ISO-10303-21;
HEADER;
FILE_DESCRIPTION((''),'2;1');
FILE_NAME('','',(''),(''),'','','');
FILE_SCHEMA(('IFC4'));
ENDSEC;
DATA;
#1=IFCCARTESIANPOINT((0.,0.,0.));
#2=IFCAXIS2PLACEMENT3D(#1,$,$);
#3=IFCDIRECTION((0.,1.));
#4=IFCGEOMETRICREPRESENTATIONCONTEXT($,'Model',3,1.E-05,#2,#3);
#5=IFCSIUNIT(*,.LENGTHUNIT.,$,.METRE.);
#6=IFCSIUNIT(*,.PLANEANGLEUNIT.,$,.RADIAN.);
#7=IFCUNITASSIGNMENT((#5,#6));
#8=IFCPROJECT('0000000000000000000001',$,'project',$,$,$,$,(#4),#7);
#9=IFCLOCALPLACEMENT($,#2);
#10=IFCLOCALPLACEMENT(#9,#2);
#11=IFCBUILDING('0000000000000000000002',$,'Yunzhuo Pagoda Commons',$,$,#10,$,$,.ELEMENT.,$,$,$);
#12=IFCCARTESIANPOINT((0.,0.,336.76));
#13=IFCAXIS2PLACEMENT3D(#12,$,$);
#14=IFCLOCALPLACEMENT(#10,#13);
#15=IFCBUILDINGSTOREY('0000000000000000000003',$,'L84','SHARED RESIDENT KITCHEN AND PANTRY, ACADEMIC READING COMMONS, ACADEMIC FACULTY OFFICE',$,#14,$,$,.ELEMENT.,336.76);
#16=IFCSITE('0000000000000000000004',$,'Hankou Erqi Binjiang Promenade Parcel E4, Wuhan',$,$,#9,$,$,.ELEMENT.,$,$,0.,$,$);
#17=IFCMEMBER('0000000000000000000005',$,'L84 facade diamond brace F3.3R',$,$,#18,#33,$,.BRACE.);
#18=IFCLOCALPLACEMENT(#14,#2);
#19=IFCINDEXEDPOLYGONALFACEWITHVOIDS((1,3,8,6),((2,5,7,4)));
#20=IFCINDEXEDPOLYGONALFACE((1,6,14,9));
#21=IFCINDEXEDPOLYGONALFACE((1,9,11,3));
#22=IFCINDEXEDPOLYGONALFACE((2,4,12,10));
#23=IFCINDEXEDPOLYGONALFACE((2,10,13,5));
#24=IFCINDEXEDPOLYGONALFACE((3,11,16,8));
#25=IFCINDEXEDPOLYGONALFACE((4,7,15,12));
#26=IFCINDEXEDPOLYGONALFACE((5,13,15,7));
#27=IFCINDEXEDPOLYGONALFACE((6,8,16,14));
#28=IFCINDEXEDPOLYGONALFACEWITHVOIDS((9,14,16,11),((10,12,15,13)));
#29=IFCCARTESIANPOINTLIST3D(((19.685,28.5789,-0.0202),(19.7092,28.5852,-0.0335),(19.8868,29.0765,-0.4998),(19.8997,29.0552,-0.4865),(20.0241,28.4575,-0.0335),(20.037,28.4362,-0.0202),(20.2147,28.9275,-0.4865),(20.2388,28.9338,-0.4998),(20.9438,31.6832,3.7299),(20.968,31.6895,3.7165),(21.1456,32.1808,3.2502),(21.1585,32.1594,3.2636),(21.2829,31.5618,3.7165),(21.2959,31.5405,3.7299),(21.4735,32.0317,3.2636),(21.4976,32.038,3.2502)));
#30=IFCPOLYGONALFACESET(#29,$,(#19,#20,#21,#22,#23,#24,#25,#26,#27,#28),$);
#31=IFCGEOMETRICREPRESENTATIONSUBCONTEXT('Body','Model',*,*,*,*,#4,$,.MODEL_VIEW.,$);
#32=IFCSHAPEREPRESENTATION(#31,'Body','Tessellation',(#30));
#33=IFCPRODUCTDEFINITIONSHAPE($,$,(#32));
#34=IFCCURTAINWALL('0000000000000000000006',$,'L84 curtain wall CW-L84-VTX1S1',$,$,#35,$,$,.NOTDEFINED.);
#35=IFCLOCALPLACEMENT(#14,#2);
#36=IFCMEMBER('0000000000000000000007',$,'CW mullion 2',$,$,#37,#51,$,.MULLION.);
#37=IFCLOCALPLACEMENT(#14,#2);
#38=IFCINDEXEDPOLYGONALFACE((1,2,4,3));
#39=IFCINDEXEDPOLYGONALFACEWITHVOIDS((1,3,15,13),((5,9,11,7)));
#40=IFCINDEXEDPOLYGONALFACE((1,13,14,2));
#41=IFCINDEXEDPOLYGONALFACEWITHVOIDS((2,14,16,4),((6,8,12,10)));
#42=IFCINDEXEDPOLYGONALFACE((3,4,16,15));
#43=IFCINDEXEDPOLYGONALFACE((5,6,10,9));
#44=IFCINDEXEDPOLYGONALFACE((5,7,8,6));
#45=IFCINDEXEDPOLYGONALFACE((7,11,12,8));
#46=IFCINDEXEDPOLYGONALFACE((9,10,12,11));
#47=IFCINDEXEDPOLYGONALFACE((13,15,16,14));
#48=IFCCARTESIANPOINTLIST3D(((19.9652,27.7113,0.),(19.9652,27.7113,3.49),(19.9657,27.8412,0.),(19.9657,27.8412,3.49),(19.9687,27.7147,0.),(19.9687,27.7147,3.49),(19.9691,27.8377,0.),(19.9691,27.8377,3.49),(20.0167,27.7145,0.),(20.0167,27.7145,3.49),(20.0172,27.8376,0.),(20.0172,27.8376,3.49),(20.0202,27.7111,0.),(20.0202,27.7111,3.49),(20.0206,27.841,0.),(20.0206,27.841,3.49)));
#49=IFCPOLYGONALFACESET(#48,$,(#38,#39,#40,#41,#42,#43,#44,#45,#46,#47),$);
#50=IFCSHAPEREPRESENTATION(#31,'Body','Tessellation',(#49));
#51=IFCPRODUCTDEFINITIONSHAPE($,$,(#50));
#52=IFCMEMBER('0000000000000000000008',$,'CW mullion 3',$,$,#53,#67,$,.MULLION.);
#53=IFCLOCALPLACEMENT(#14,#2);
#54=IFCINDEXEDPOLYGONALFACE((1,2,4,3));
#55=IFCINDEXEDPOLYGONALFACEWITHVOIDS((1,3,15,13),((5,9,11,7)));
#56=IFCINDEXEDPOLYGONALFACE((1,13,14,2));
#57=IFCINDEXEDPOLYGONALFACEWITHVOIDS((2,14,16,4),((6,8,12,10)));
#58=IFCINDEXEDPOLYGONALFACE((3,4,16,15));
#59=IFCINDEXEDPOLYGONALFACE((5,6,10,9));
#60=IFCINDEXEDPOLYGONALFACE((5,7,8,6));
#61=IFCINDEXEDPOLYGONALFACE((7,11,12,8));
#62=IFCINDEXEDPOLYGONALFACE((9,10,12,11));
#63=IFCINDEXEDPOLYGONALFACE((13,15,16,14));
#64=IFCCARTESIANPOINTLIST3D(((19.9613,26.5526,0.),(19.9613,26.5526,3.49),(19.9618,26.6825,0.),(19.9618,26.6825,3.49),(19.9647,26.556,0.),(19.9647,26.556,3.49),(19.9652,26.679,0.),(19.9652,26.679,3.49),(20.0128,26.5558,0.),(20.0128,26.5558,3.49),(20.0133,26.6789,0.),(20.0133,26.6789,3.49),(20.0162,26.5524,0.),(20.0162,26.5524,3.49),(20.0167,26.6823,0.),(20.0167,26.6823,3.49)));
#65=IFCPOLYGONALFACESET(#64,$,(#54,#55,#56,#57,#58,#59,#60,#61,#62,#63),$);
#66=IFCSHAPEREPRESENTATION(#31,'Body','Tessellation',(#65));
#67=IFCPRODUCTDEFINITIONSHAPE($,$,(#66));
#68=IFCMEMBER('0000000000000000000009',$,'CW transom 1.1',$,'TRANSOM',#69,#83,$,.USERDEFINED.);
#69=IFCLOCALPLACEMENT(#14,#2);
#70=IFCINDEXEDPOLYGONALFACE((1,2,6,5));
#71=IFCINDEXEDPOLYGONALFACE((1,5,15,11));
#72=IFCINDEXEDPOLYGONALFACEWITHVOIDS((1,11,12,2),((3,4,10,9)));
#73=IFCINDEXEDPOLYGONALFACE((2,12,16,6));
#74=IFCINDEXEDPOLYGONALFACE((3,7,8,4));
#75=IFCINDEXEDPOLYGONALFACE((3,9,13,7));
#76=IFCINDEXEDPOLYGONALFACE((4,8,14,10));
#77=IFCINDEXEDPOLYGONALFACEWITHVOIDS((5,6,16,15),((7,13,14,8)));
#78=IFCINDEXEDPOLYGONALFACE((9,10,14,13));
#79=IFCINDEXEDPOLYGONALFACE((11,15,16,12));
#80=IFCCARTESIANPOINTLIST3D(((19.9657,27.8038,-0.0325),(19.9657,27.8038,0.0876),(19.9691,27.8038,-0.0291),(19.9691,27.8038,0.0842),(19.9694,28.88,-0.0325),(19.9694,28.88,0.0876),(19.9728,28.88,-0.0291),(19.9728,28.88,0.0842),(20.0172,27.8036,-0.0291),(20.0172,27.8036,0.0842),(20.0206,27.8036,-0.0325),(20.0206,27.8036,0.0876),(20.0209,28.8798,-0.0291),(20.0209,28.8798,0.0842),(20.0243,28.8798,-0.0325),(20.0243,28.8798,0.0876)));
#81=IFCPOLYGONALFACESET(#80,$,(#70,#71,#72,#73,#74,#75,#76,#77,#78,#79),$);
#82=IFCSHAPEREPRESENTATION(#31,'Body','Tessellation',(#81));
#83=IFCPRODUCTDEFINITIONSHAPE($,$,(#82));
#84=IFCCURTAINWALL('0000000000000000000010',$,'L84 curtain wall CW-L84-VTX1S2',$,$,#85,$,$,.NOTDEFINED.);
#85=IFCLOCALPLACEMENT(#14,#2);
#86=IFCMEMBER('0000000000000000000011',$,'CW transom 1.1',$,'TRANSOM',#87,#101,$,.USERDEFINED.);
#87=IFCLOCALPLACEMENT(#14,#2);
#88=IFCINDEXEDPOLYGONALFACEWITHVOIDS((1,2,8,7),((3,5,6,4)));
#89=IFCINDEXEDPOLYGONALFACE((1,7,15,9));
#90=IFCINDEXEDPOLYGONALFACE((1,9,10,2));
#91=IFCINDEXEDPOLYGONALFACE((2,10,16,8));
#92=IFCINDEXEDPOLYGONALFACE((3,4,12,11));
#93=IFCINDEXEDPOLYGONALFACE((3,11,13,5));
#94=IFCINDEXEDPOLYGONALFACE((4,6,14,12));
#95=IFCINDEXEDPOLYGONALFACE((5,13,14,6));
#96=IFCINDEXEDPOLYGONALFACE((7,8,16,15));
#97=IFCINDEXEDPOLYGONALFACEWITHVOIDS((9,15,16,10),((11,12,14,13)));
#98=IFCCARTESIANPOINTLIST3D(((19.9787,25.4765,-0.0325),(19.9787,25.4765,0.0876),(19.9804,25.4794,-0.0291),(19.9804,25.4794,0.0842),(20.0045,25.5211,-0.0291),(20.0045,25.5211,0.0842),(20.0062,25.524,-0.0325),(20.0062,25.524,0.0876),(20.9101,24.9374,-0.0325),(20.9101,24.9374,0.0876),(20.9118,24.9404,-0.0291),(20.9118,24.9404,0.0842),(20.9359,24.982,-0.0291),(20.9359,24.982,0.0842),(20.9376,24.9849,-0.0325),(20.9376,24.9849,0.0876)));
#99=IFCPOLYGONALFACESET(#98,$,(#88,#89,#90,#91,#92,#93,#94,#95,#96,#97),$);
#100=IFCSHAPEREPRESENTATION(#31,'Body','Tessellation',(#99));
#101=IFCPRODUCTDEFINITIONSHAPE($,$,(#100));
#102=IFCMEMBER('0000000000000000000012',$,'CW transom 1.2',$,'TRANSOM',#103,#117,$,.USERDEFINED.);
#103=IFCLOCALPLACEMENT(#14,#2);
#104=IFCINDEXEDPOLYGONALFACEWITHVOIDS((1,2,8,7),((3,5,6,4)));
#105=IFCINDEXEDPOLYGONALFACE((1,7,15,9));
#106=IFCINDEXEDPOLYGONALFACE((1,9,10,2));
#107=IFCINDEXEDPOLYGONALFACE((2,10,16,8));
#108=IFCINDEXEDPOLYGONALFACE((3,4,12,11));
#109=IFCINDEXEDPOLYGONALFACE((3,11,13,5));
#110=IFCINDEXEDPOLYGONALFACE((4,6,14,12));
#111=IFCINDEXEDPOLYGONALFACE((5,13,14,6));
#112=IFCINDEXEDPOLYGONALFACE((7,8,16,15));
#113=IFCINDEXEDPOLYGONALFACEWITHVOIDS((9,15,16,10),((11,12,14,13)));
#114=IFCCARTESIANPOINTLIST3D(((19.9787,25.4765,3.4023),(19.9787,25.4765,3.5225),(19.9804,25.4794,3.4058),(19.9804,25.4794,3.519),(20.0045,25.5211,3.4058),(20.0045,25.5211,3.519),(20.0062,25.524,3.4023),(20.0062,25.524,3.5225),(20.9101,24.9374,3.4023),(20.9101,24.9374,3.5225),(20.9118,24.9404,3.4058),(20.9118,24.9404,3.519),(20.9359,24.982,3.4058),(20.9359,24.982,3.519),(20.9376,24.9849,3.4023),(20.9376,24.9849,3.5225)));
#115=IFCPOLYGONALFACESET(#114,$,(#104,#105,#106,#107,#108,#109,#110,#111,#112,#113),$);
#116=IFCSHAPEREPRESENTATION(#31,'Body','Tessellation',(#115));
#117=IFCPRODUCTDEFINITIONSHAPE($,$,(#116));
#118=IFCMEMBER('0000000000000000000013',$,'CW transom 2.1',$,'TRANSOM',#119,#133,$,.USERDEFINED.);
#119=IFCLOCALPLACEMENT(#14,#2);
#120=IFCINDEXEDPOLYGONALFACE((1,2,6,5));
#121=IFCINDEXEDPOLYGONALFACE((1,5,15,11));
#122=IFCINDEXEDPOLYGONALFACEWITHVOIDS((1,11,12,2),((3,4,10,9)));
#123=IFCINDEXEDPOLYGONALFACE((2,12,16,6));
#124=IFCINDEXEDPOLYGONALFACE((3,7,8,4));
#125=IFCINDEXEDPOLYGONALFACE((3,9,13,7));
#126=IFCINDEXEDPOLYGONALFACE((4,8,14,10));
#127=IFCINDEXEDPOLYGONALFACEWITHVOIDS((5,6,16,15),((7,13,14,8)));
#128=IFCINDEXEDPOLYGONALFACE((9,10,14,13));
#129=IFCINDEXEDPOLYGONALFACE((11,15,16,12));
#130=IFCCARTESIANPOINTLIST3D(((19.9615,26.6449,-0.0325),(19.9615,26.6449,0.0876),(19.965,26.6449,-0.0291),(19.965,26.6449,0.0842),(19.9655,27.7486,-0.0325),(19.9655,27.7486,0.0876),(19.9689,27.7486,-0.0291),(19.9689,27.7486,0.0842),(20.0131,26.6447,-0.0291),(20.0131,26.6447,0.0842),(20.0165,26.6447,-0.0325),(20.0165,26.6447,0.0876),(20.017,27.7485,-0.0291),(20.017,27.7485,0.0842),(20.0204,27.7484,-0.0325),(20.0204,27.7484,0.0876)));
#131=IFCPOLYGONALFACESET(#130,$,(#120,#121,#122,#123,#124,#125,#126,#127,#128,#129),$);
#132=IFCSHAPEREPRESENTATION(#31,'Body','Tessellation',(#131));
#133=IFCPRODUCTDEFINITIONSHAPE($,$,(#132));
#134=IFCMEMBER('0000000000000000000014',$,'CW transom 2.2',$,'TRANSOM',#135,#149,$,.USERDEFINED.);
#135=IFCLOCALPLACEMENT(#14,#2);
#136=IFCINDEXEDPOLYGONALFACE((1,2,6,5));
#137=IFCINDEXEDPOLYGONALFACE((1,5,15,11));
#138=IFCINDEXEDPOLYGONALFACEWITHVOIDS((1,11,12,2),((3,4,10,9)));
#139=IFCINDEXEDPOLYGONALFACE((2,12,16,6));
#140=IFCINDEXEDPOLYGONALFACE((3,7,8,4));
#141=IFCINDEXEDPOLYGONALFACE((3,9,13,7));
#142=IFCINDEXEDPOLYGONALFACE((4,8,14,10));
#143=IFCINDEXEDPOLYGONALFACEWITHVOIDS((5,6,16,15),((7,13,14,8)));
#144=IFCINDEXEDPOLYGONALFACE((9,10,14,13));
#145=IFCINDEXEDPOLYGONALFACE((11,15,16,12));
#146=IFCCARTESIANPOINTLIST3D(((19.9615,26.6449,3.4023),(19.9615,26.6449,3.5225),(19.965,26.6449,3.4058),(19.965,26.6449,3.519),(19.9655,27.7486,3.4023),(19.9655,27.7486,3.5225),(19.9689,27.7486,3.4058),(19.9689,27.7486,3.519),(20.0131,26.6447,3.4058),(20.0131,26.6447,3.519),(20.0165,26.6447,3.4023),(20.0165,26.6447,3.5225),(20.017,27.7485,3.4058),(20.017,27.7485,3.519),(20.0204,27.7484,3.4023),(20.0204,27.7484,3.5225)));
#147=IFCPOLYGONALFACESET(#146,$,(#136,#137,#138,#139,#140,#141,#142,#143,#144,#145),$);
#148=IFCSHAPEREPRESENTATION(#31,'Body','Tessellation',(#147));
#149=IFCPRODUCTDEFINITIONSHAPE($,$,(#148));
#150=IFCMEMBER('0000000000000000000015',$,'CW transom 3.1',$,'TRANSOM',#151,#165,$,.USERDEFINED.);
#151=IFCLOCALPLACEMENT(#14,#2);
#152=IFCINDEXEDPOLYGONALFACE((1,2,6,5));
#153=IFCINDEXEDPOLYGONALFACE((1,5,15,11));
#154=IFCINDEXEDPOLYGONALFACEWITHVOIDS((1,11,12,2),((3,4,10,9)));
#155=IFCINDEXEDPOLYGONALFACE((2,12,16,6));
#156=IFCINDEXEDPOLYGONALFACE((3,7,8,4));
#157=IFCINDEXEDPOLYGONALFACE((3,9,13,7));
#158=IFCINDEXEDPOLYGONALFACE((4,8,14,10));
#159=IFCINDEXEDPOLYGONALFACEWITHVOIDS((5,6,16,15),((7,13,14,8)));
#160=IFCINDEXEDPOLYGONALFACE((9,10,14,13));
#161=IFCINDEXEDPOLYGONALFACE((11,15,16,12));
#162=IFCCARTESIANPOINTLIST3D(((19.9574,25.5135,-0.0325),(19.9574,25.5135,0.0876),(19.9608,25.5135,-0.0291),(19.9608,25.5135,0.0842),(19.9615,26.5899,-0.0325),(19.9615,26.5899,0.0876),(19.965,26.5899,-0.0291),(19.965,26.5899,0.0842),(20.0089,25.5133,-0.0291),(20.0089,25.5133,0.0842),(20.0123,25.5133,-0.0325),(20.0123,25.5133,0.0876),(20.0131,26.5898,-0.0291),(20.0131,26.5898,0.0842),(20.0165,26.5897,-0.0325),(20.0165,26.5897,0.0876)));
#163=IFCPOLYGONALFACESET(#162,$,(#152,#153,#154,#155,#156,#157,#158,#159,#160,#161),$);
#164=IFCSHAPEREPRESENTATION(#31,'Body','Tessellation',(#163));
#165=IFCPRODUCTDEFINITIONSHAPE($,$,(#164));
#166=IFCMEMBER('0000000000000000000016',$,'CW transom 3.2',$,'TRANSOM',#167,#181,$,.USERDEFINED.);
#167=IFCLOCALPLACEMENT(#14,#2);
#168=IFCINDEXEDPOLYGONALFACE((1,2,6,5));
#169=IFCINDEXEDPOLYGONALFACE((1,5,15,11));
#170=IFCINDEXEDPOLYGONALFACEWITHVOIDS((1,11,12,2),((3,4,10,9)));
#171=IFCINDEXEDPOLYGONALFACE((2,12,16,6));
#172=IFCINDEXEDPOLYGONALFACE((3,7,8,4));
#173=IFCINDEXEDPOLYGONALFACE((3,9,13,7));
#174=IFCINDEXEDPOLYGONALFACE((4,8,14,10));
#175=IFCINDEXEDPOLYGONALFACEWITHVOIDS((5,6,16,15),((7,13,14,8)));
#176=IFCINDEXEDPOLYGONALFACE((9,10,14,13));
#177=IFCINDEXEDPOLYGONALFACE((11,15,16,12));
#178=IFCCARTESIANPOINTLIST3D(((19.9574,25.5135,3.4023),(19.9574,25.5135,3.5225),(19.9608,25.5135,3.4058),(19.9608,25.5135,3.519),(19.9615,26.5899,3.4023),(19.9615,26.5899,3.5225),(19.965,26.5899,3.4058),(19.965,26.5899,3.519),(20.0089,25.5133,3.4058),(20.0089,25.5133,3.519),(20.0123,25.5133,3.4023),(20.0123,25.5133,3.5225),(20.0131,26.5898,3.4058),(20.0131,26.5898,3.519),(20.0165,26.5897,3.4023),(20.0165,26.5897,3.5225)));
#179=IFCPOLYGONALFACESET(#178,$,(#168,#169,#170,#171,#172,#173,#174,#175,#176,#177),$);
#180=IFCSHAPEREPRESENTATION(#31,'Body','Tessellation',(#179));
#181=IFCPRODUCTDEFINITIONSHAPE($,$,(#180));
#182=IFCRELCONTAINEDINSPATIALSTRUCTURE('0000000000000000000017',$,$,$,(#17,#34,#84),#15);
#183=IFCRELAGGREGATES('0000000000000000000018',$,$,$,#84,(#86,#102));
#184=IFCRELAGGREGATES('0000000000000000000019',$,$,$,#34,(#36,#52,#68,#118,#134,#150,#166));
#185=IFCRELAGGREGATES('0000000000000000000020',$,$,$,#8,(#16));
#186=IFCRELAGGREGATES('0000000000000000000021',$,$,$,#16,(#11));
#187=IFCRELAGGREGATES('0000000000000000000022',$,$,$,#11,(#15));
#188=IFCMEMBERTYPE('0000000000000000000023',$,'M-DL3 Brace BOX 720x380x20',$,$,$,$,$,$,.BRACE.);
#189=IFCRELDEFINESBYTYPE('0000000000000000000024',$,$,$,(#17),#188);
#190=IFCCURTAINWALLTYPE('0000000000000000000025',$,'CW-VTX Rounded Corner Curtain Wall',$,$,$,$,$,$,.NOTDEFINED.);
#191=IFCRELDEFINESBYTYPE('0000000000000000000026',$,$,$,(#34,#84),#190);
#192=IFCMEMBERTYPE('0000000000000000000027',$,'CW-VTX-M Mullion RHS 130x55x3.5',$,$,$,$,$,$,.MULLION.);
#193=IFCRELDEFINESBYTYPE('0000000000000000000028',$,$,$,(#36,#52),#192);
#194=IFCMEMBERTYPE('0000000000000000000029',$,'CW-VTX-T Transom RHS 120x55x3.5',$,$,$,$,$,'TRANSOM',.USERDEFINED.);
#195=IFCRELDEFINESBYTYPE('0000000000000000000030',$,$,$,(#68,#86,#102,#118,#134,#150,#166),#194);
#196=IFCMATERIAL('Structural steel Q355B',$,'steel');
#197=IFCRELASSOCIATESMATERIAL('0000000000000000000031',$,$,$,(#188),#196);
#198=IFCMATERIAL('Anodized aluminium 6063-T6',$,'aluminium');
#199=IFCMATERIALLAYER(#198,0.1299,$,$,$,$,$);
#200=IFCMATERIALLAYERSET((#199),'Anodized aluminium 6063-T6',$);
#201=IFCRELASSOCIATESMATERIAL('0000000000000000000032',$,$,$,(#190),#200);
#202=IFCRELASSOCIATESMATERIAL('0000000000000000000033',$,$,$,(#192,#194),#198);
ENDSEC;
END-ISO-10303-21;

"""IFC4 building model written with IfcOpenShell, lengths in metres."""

from ifc_helpers import new_model, si_unit, direction, frame, origin, origin_2d, place, context, subcontext, project, spatial, hollow_rectangle, extrude, source, transform, mapped, material, layer, layer_set, material_profile, profile_set, type_object, element, aggregate, save


model = new_model("IFC4")

# Units and contexts
model_context = context("Model", 3, precision=1e-05, world=origin(), true_north=direction((0.0, 1.0)))
body_context = subcontext(model_context, "Body", "Model", "MODEL_VIEW")
ifc_project = project(units=[si_unit("LENGTHUNIT", "METRE"), si_unit("PLANEANGLEUNIT", "RADIAN")], contexts=[model_context])

# Site, building, storey
site_placement = place(None, origin())
site = spatial("IfcSite", under=ifc_project, at=site_placement, Name="Hankou Erqi Binjiang Promenade Parcel E4, Wuhan", CompositionType="ELEMENT", RefElevation=0.0)
building_placement = place(site_placement, origin())
building = spatial("IfcBuilding", under=site, at=building_placement, Name="Yunzhuo Pagoda Commons", CompositionType="ELEMENT")
storey_placement = place(building_placement, frame((0.0, 0.0, 336.76)))
storey = spatial("IfcBuildingStorey", under=building, at=storey_placement, Name="L84", Description="SHARED RESIDENT KITCHEN AND PANTRY, ACADEMIC READING COMMONS, ACADEMIC FACULTY OFFICE", CompositionType="ELEMENT", Elevation=336.76)

# Member
ifc_material_1 = material(Name="Structural steel Q355B", Category="steel")
ifc_material_profile_1 = material_profile(ifc_material_1, hollow_rectangle(XDim=0.3799, YDim=0.72, WallThickness=0.02, at=origin_2d()), Name="Structural steel Q355B")
ifc_profile_set_1 = profile_set([ifc_material_profile_1], Name="Structural steel Q355B")
member_type_1 = type_object("IfcMemberType", Name="M-DL3 Brace BOX 720x380x20", PredefinedType="BRACE", material=ifc_profile_set_1)
shared_shape_1 = source(origin(), body_context, "Body", "SweptSolid", [
    extrude(hollow_rectangle(XDim=0.3799, YDim=0.72, WallThickness=0.02, at=origin_2d()), origin(), (0.0, 0.0, 1.0), 5.0283),
])
member_1_placement = place(storey_placement, frame((19.9619, 28.7563, -0.26), z_axis=(0.250343, 0.61736, 0.745785), x_axis=(-0.926707, 0.375785, 0.0)))
element("IfcMember", 1, at=member_1_placement, inside=storey, type_object=member_type_1, Name="L84 facade diamond brace F3.3R", PredefinedType="BRACE", context=body_context, shape_type="MappedRepresentation", body=[
    mapped(shared_shape_1, transform((0.0, 0.0, 0.0), scale=1.0)),
])

# Curtain walls, members
ifc_material_2 = material(Name="Anodized aluminium 6063-T6", Category="aluminium")
ifc_layer_1 = layer(ifc_material_2, 0.1299)
ifc_layer_set_1 = layer_set([ifc_layer_1], Name="Anodized aluminium 6063-T6")
curtain_wall_type = type_object("IfcCurtainWallType", Name="CW-VTX Rounded Corner Curtain Wall", PredefinedType="NOTDEFINED", material=ifc_layer_set_1)
curtain_wall_1_placement = place(storey_placement, origin())
curtain_wall_1 = element("IfcCurtainWall", 2, at=curtain_wall_1_placement, inside=storey, type_object=curtain_wall_type, Name="L84 curtain wall CW-L84-VTX1S1", PredefinedType="NOTDEFINED")
ifc_material_profile_2 = material_profile(ifc_material_2, hollow_rectangle(XDim=0.0549, YDim=0.1299, WallThickness=0.0034, at=origin_2d()), Name="Anodized aluminium 6063-T6")
ifc_profile_set_2 = profile_set([ifc_material_profile_2], Name="Anodized aluminium 6063-T6")
member_type_2 = type_object("IfcMemberType", Name="CW-VTX-M Mullion RHS 130x55x3.5", PredefinedType="MULLION", material=ifc_profile_set_2)
shared_shape_2 = source(origin(), body_context, "Body", "SweptSolid", [
    extrude(hollow_rectangle(XDim=0.0549, YDim=0.1299, WallThickness=0.0034, at=origin_2d()), origin(), (0.0, 0.0, 1.0), 3.49),
])
member_2_placement = place(storey_placement, frame((19.9929, 27.7761, 0.0), z_axis=(0.0, 0.0, 1.0), x_axis=(0.999994, -0.003567, 0.0)))
member_2 = element("IfcMember", 3, at=member_2_placement, type_object=member_type_2, Name="CW mullion 2", PredefinedType="MULLION", context=body_context, shape_type="MappedRepresentation", body=[
    mapped(shared_shape_2, transform((0.0, 0.0, 0.0), scale=1.0)),
])
member_3_placement = place(storey_placement, frame((19.989, 26.6174, 0.0), z_axis=(0.0, 0.0, 1.0), x_axis=(0.999994, -0.003567, 0.0)))
member_3 = element("IfcMember", 4, at=member_3_placement, type_object=member_type_2, Name="CW mullion 3", PredefinedType="MULLION", context=body_context, shape_type="MappedRepresentation", body=[
    mapped(shared_shape_2, transform((0.0, 0.0, 0.0), scale=1.0)),
])
ifc_material_profile_3 = material_profile(ifc_material_2, hollow_rectangle(XDim=0.0549, YDim=0.1201, WallThickness=0.0034, at=origin_2d()), Name="Anodized aluminium 6063-T6")
ifc_profile_set_3 = profile_set([ifc_material_profile_3], Name="Anodized aluminium 6063-T6")
member_type_3 = type_object("IfcMemberType", Name="CW-VTX-T Transom RHS 120x55x3.5", ElementType="TRANSOM", PredefinedType="USERDEFINED", material=ifc_profile_set_3)
shared_shape_3 = source(origin(), body_context, "Body", "SweptSolid", [
    extrude(hollow_rectangle(XDim=0.0549, YDim=0.1201, WallThickness=0.0034, at=origin_2d()), origin(), (0.0, 0.0, 1.0), 1.0762),
])
member_4_placement = place(storey_placement, frame((19.9968, 28.8799, 0.0276), z_axis=(-0.003403, -0.999994, 0.0), x_axis=(0.999994, -0.003403, 0.0)))
member_4 = element("IfcMember", 5, at=member_4_placement, type_object=member_type_3, Name="CW transom 1.1", ObjectType="TRANSOM", PredefinedType="USERDEFINED", context=body_context, shape_type="MappedRepresentation", body=[
    mapped(shared_shape_3, transform((0.0, 0.0, 0.0), scale=1.0)),
])
curtain_wall_2_placement = place(storey_placement, origin())
curtain_wall_2 = element("IfcCurtainWall", 6, at=curtain_wall_2_placement, inside=storey, type_object=curtain_wall_type, Name="L84 curtain wall CW-L84-VTX1S2", PredefinedType="NOTDEFINED")
member_5_placement = place(storey_placement, frame((19.9924, 25.5002, 0.0276), z_axis=(0.865494, -0.50092, 0.0), x_axis=(0.50092, 0.865494, 0.0)))
member_5 = element("IfcMember", 7, at=member_5_placement, type_object=member_type_3, Name="CW transom 1.1", ObjectType="TRANSOM", PredefinedType="USERDEFINED", context=body_context, shape_type="MappedRepresentation", body=[
    mapped(shared_shape_3, transform((0.0, 0.0, 0.0), scale=1.0)),
])
member_6_placement = place(storey_placement, frame((19.9924, 25.5002, 3.4624), z_axis=(0.865494, -0.50092, 0.0), x_axis=(0.50092, 0.865494, 0.0)))
member_6 = element("IfcMember", 8, at=member_6_placement, type_object=member_type_3, Name="CW transom 1.2", ObjectType="TRANSOM", PredefinedType="USERDEFINED", context=body_context, shape_type="MappedRepresentation", body=[
    mapped(shared_shape_3, transform((0.0, 0.0, 0.0), scale=1.0)),
])
aggregate(curtain_wall_2, [member_5, member_6])

# Members
shared_shape_4 = source(origin(), body_context, "Body", "SweptSolid", [
    extrude(hollow_rectangle(XDim=0.0549, YDim=0.1201, WallThickness=0.0034, at=origin_2d()), origin(), (0.0, 0.0, 1.0), 1.1038),
])
member_7_placement = place(storey_placement, frame((19.9929, 27.7485, 0.0276), z_axis=(-0.003539, -0.999994, 0.0), x_axis=(0.999994, -0.003539, 0.0)))
member_7 = element("IfcMember", 9, at=member_7_placement, type_object=member_type_3, Name="CW transom 2.1", ObjectType="TRANSOM", PredefinedType="USERDEFINED", context=body_context, shape_type="MappedRepresentation", body=[
    mapped(shared_shape_4, transform((0.0, 0.0, 0.0), scale=1.0)),
])
member_8_placement = place(storey_placement, frame((19.9929, 27.7485, 3.4624), z_axis=(-0.003539, -0.999994, 0.0), x_axis=(0.999994, -0.003539, 0.0)))
member_8 = element("IfcMember", 10, at=member_8_placement, type_object=member_type_3, Name="CW transom 2.2", ObjectType="TRANSOM", PredefinedType="USERDEFINED", context=body_context, shape_type="MappedRepresentation", body=[
    mapped(shared_shape_4, transform((0.0, 0.0, 0.0), scale=1.0)),
])
shared_shape_5 = source(origin(), body_context, "Body", "SweptSolid", [
    extrude(hollow_rectangle(XDim=0.0549, YDim=0.1201, WallThickness=0.0034, at=origin_2d()), origin(), (0.0, 0.0, 1.0), 1.0764),
])
member_9_placement = place(storey_placement, frame((19.989, 26.5898, 0.0276), z_axis=(-0.003856, -0.999993, 0.0), x_axis=(0.999993, -0.003856, 0.0)))
member_9 = element("IfcMember", 11, at=member_9_placement, type_object=member_type_3, Name="CW transom 3.1", ObjectType="TRANSOM", PredefinedType="USERDEFINED", context=body_context, shape_type="MappedRepresentation", body=[
    mapped(shared_shape_5, transform((0.0, 0.0, 0.0), scale=1.0)),
])
member_10_placement = place(storey_placement, frame((19.989, 26.5898, 3.4624), z_axis=(-0.003856, -0.999993, 0.0), x_axis=(0.999993, -0.003856, 0.0)))
member_10 = element("IfcMember", 12, at=member_10_placement, type_object=member_type_3, Name="CW transom 3.2", ObjectType="TRANSOM", PredefinedType="USERDEFINED", context=body_context, shape_type="MappedRepresentation", body=[
    mapped(shared_shape_5, transform((0.0, 0.0, 0.0), scale=1.0)),
])

aggregate(curtain_wall_1, [member_2, member_3, member_4, member_7, member_8, member_9, member_10])

save(model, "model.ifc")
